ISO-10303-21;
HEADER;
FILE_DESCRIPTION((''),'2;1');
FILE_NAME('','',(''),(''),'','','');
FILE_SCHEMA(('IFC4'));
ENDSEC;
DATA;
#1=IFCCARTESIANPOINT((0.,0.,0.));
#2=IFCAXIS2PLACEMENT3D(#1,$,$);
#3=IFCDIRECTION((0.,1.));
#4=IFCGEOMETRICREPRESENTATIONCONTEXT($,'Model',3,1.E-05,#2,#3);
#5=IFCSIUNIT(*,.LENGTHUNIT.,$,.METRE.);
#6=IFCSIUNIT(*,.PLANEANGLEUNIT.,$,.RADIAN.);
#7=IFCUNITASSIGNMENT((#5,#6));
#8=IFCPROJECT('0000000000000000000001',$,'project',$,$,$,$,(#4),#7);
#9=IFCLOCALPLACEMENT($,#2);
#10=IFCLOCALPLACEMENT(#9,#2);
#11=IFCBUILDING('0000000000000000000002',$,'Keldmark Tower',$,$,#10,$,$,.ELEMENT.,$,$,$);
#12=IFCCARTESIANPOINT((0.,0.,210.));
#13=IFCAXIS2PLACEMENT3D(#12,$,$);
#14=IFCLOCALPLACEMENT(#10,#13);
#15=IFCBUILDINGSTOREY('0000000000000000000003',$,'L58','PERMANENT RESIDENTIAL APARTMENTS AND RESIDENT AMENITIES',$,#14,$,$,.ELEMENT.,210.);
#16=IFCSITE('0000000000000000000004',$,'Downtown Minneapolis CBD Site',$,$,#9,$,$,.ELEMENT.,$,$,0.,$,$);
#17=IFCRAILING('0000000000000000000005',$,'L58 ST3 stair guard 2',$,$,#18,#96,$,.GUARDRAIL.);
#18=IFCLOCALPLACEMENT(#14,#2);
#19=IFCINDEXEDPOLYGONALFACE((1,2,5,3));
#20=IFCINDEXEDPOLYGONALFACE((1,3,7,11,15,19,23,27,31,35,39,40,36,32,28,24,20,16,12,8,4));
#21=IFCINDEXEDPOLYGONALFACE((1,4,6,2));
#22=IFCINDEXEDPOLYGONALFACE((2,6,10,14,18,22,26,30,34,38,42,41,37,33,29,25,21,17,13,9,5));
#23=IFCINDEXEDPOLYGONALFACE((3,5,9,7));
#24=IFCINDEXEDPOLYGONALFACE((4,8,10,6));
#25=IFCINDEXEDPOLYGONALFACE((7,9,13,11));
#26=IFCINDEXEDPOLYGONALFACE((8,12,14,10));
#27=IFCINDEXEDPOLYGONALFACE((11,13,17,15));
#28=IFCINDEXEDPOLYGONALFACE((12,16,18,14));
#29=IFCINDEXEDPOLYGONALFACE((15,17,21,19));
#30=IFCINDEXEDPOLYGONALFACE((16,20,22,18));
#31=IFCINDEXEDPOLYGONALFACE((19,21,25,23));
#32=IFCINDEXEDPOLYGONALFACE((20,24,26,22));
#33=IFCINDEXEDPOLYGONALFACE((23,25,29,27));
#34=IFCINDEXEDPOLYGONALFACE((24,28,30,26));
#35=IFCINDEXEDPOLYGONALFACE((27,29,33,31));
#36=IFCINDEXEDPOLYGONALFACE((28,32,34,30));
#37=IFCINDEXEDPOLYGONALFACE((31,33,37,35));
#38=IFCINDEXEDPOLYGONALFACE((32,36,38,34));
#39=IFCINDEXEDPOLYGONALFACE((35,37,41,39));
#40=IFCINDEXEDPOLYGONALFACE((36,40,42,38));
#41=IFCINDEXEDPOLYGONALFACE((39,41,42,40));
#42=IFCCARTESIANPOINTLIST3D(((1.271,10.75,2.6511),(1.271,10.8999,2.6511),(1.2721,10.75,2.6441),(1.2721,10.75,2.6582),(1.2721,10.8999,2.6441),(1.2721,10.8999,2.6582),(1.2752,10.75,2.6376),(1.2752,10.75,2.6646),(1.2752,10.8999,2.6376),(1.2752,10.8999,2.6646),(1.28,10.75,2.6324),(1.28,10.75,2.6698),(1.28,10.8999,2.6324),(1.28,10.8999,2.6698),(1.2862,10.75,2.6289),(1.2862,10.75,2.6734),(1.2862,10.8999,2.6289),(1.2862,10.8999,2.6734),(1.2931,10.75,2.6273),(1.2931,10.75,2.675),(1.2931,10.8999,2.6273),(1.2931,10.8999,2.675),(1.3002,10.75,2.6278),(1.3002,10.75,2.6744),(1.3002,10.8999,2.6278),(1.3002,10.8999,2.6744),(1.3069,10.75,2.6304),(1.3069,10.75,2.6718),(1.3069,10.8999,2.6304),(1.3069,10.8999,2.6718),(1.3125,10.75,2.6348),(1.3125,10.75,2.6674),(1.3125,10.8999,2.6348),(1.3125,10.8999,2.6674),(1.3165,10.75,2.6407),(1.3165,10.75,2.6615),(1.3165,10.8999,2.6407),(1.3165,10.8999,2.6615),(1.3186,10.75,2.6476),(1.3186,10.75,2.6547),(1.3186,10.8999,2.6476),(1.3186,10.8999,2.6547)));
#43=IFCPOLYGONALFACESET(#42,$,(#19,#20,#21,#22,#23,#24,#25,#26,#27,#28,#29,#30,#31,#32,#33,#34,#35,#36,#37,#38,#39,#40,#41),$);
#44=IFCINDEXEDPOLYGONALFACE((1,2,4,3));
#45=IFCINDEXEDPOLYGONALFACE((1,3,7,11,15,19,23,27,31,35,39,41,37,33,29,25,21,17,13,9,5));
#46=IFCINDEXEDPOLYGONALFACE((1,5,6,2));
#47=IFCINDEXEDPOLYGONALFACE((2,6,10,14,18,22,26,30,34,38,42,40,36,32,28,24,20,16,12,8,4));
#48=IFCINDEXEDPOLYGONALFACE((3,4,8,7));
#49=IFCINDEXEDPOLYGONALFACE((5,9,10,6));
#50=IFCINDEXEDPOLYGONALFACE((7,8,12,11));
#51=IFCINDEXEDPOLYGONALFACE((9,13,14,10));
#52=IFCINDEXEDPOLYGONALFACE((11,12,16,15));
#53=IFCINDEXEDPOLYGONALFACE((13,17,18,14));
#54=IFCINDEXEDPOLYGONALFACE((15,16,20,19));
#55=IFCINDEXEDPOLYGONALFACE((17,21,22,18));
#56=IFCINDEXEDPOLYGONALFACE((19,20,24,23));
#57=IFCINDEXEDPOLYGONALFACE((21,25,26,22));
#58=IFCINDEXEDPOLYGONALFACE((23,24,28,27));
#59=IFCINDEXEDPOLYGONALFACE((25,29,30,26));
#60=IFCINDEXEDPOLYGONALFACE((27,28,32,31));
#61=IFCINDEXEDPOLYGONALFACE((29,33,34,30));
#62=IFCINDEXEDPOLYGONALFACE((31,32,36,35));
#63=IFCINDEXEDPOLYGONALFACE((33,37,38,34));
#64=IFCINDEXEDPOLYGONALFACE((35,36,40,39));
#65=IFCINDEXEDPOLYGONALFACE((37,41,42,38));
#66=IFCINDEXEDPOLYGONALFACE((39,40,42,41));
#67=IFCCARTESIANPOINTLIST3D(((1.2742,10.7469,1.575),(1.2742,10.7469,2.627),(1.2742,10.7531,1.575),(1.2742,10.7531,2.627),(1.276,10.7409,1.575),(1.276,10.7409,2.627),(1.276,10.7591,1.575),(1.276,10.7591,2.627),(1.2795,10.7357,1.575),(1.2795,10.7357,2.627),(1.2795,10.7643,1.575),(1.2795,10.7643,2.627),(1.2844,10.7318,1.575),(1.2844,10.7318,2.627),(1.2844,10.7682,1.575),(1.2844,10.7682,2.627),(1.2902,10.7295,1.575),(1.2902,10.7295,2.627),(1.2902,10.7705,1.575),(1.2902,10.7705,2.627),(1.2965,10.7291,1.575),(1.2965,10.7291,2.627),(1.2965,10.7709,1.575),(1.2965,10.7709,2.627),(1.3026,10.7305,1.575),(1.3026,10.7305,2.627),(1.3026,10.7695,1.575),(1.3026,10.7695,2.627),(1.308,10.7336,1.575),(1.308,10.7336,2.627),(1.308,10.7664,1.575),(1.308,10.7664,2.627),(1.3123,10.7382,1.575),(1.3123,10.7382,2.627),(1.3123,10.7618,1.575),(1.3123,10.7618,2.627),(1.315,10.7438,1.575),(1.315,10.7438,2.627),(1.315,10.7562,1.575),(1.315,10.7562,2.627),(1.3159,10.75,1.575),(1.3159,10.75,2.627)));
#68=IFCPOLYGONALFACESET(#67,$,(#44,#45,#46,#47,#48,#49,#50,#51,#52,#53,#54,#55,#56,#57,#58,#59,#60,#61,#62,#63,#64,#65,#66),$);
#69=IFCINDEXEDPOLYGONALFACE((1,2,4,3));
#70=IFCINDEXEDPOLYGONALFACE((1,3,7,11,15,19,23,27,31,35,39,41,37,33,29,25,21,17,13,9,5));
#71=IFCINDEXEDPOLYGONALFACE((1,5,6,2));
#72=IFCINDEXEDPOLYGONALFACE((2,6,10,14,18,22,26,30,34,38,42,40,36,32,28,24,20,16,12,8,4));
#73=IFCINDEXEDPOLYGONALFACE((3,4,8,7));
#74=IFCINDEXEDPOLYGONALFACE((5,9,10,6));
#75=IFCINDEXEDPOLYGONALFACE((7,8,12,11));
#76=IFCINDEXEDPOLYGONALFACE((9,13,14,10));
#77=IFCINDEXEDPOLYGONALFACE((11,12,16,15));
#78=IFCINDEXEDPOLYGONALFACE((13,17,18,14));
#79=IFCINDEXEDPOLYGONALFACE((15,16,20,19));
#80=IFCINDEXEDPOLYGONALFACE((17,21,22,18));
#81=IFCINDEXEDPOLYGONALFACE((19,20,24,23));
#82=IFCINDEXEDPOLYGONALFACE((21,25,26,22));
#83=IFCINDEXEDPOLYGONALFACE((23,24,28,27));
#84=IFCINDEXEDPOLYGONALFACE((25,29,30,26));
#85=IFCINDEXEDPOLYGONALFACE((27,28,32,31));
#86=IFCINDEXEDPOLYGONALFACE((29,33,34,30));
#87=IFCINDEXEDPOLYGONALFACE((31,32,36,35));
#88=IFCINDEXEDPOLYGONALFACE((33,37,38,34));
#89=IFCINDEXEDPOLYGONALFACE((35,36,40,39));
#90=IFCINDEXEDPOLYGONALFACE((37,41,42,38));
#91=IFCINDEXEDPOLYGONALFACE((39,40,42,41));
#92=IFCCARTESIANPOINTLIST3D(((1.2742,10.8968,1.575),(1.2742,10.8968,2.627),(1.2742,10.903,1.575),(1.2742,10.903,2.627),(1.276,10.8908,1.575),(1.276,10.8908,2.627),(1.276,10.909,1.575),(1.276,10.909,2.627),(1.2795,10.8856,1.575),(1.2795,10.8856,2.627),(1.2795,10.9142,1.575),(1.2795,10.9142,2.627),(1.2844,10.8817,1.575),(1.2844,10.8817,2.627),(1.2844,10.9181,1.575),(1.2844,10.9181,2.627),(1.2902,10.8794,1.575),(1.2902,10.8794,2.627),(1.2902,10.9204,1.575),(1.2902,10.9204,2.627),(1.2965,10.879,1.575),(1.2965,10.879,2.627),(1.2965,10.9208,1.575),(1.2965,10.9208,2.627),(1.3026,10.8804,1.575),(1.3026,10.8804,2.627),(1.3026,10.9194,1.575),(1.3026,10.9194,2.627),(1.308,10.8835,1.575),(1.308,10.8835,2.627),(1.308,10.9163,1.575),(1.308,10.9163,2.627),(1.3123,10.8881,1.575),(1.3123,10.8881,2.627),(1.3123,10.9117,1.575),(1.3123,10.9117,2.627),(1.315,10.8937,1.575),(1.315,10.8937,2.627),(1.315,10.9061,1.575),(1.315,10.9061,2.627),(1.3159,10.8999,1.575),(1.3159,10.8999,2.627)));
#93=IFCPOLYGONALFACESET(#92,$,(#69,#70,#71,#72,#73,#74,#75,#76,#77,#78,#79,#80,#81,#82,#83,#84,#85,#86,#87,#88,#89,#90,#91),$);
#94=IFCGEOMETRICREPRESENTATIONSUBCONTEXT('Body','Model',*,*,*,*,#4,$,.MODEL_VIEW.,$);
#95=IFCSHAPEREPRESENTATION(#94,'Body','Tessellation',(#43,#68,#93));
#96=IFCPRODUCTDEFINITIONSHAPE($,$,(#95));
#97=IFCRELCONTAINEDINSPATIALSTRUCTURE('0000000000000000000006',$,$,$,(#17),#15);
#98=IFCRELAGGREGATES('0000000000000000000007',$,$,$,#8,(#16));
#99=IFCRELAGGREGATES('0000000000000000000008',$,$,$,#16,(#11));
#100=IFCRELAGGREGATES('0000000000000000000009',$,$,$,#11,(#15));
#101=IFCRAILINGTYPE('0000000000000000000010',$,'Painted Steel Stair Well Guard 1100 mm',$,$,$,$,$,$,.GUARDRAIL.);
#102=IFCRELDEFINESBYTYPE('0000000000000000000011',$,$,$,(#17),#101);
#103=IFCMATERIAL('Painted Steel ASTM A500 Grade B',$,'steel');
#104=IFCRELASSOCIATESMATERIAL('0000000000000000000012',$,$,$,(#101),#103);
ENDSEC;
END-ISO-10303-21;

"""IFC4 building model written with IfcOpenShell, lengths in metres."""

from ifc_helpers import new_model, si_unit, direction, frame, origin, origin_2d, place, context, subcontext, project, spatial, circle, extrude, material, type_object, element, save


model = new_model("IFC4")

# Units and contexts
model_context = context("Model", 3, precision=1e-05, world=origin(), true_north=direction((0.0, 1.0)))
body_context = subcontext(model_context, "Body", "Model", "MODEL_VIEW")
ifc_project = project(units=[si_unit("LENGTHUNIT", "METRE"), si_unit("PLANEANGLEUNIT", "RADIAN")], contexts=[model_context])

# Site, building, storey
site_placement = place(None, origin())
site = spatial("IfcSite", under=ifc_project, at=site_placement, Name="Downtown Minneapolis CBD Site", CompositionType="ELEMENT", RefElevation=0.0)
building_placement = place(site_placement, origin())
building = spatial("IfcBuilding", under=site, at=building_placement, Name="Keldmark Tower", CompositionType="ELEMENT")
storey_placement = place(building_placement, frame((0.0, 0.0, 210.0)))
storey = spatial("IfcBuildingStorey", under=building, at=storey_placement, Name="L58", Description="PERMANENT RESIDENTIAL APARTMENTS AND RESIDENT AMENITIES", CompositionType="ELEMENT", Elevation=210.0)

# Railing
ifc_material_1 = material(Name="Painted Steel ASTM A500 Grade B", Category="steel")
railing_type_1 = type_object("IfcRailingType", Name="Painted Steel Stair Well Guard 1100 mm", PredefinedType="GUARDRAIL", material=ifc_material_1)
railing_1_placement = place(storey_placement, frame((1.2949, 10.75, 1.575)))
element("IfcRailing", 1, at=railing_1_placement, inside=storey, type_object=railing_type_1, Name="L58 ST3 stair guard 2", PredefinedType="GUARDRAIL", context=body_context, shape_type="SweptSolid", body=[
    extrude(circle(Radius=0.0239, at=origin_2d()), frame((0.0, 0.0, 1.0762), z_axis=(0.0, 1.0, 0.0), x_axis=(-1.0, 0.0, 0.0)), (0.0, 0.0, 1.0), 0.1499),
    extrude(circle(Radius=0.021, at=origin_2d()), origin(), (0.0, 0.0, 1.0), 1.052),
    extrude(circle(Radius=0.021, at=origin_2d()), frame((0.0, 0.1499, 0.0)), (0.0, 0.0, 1.0), 1.052),
])

save(model, "model.ifc")
